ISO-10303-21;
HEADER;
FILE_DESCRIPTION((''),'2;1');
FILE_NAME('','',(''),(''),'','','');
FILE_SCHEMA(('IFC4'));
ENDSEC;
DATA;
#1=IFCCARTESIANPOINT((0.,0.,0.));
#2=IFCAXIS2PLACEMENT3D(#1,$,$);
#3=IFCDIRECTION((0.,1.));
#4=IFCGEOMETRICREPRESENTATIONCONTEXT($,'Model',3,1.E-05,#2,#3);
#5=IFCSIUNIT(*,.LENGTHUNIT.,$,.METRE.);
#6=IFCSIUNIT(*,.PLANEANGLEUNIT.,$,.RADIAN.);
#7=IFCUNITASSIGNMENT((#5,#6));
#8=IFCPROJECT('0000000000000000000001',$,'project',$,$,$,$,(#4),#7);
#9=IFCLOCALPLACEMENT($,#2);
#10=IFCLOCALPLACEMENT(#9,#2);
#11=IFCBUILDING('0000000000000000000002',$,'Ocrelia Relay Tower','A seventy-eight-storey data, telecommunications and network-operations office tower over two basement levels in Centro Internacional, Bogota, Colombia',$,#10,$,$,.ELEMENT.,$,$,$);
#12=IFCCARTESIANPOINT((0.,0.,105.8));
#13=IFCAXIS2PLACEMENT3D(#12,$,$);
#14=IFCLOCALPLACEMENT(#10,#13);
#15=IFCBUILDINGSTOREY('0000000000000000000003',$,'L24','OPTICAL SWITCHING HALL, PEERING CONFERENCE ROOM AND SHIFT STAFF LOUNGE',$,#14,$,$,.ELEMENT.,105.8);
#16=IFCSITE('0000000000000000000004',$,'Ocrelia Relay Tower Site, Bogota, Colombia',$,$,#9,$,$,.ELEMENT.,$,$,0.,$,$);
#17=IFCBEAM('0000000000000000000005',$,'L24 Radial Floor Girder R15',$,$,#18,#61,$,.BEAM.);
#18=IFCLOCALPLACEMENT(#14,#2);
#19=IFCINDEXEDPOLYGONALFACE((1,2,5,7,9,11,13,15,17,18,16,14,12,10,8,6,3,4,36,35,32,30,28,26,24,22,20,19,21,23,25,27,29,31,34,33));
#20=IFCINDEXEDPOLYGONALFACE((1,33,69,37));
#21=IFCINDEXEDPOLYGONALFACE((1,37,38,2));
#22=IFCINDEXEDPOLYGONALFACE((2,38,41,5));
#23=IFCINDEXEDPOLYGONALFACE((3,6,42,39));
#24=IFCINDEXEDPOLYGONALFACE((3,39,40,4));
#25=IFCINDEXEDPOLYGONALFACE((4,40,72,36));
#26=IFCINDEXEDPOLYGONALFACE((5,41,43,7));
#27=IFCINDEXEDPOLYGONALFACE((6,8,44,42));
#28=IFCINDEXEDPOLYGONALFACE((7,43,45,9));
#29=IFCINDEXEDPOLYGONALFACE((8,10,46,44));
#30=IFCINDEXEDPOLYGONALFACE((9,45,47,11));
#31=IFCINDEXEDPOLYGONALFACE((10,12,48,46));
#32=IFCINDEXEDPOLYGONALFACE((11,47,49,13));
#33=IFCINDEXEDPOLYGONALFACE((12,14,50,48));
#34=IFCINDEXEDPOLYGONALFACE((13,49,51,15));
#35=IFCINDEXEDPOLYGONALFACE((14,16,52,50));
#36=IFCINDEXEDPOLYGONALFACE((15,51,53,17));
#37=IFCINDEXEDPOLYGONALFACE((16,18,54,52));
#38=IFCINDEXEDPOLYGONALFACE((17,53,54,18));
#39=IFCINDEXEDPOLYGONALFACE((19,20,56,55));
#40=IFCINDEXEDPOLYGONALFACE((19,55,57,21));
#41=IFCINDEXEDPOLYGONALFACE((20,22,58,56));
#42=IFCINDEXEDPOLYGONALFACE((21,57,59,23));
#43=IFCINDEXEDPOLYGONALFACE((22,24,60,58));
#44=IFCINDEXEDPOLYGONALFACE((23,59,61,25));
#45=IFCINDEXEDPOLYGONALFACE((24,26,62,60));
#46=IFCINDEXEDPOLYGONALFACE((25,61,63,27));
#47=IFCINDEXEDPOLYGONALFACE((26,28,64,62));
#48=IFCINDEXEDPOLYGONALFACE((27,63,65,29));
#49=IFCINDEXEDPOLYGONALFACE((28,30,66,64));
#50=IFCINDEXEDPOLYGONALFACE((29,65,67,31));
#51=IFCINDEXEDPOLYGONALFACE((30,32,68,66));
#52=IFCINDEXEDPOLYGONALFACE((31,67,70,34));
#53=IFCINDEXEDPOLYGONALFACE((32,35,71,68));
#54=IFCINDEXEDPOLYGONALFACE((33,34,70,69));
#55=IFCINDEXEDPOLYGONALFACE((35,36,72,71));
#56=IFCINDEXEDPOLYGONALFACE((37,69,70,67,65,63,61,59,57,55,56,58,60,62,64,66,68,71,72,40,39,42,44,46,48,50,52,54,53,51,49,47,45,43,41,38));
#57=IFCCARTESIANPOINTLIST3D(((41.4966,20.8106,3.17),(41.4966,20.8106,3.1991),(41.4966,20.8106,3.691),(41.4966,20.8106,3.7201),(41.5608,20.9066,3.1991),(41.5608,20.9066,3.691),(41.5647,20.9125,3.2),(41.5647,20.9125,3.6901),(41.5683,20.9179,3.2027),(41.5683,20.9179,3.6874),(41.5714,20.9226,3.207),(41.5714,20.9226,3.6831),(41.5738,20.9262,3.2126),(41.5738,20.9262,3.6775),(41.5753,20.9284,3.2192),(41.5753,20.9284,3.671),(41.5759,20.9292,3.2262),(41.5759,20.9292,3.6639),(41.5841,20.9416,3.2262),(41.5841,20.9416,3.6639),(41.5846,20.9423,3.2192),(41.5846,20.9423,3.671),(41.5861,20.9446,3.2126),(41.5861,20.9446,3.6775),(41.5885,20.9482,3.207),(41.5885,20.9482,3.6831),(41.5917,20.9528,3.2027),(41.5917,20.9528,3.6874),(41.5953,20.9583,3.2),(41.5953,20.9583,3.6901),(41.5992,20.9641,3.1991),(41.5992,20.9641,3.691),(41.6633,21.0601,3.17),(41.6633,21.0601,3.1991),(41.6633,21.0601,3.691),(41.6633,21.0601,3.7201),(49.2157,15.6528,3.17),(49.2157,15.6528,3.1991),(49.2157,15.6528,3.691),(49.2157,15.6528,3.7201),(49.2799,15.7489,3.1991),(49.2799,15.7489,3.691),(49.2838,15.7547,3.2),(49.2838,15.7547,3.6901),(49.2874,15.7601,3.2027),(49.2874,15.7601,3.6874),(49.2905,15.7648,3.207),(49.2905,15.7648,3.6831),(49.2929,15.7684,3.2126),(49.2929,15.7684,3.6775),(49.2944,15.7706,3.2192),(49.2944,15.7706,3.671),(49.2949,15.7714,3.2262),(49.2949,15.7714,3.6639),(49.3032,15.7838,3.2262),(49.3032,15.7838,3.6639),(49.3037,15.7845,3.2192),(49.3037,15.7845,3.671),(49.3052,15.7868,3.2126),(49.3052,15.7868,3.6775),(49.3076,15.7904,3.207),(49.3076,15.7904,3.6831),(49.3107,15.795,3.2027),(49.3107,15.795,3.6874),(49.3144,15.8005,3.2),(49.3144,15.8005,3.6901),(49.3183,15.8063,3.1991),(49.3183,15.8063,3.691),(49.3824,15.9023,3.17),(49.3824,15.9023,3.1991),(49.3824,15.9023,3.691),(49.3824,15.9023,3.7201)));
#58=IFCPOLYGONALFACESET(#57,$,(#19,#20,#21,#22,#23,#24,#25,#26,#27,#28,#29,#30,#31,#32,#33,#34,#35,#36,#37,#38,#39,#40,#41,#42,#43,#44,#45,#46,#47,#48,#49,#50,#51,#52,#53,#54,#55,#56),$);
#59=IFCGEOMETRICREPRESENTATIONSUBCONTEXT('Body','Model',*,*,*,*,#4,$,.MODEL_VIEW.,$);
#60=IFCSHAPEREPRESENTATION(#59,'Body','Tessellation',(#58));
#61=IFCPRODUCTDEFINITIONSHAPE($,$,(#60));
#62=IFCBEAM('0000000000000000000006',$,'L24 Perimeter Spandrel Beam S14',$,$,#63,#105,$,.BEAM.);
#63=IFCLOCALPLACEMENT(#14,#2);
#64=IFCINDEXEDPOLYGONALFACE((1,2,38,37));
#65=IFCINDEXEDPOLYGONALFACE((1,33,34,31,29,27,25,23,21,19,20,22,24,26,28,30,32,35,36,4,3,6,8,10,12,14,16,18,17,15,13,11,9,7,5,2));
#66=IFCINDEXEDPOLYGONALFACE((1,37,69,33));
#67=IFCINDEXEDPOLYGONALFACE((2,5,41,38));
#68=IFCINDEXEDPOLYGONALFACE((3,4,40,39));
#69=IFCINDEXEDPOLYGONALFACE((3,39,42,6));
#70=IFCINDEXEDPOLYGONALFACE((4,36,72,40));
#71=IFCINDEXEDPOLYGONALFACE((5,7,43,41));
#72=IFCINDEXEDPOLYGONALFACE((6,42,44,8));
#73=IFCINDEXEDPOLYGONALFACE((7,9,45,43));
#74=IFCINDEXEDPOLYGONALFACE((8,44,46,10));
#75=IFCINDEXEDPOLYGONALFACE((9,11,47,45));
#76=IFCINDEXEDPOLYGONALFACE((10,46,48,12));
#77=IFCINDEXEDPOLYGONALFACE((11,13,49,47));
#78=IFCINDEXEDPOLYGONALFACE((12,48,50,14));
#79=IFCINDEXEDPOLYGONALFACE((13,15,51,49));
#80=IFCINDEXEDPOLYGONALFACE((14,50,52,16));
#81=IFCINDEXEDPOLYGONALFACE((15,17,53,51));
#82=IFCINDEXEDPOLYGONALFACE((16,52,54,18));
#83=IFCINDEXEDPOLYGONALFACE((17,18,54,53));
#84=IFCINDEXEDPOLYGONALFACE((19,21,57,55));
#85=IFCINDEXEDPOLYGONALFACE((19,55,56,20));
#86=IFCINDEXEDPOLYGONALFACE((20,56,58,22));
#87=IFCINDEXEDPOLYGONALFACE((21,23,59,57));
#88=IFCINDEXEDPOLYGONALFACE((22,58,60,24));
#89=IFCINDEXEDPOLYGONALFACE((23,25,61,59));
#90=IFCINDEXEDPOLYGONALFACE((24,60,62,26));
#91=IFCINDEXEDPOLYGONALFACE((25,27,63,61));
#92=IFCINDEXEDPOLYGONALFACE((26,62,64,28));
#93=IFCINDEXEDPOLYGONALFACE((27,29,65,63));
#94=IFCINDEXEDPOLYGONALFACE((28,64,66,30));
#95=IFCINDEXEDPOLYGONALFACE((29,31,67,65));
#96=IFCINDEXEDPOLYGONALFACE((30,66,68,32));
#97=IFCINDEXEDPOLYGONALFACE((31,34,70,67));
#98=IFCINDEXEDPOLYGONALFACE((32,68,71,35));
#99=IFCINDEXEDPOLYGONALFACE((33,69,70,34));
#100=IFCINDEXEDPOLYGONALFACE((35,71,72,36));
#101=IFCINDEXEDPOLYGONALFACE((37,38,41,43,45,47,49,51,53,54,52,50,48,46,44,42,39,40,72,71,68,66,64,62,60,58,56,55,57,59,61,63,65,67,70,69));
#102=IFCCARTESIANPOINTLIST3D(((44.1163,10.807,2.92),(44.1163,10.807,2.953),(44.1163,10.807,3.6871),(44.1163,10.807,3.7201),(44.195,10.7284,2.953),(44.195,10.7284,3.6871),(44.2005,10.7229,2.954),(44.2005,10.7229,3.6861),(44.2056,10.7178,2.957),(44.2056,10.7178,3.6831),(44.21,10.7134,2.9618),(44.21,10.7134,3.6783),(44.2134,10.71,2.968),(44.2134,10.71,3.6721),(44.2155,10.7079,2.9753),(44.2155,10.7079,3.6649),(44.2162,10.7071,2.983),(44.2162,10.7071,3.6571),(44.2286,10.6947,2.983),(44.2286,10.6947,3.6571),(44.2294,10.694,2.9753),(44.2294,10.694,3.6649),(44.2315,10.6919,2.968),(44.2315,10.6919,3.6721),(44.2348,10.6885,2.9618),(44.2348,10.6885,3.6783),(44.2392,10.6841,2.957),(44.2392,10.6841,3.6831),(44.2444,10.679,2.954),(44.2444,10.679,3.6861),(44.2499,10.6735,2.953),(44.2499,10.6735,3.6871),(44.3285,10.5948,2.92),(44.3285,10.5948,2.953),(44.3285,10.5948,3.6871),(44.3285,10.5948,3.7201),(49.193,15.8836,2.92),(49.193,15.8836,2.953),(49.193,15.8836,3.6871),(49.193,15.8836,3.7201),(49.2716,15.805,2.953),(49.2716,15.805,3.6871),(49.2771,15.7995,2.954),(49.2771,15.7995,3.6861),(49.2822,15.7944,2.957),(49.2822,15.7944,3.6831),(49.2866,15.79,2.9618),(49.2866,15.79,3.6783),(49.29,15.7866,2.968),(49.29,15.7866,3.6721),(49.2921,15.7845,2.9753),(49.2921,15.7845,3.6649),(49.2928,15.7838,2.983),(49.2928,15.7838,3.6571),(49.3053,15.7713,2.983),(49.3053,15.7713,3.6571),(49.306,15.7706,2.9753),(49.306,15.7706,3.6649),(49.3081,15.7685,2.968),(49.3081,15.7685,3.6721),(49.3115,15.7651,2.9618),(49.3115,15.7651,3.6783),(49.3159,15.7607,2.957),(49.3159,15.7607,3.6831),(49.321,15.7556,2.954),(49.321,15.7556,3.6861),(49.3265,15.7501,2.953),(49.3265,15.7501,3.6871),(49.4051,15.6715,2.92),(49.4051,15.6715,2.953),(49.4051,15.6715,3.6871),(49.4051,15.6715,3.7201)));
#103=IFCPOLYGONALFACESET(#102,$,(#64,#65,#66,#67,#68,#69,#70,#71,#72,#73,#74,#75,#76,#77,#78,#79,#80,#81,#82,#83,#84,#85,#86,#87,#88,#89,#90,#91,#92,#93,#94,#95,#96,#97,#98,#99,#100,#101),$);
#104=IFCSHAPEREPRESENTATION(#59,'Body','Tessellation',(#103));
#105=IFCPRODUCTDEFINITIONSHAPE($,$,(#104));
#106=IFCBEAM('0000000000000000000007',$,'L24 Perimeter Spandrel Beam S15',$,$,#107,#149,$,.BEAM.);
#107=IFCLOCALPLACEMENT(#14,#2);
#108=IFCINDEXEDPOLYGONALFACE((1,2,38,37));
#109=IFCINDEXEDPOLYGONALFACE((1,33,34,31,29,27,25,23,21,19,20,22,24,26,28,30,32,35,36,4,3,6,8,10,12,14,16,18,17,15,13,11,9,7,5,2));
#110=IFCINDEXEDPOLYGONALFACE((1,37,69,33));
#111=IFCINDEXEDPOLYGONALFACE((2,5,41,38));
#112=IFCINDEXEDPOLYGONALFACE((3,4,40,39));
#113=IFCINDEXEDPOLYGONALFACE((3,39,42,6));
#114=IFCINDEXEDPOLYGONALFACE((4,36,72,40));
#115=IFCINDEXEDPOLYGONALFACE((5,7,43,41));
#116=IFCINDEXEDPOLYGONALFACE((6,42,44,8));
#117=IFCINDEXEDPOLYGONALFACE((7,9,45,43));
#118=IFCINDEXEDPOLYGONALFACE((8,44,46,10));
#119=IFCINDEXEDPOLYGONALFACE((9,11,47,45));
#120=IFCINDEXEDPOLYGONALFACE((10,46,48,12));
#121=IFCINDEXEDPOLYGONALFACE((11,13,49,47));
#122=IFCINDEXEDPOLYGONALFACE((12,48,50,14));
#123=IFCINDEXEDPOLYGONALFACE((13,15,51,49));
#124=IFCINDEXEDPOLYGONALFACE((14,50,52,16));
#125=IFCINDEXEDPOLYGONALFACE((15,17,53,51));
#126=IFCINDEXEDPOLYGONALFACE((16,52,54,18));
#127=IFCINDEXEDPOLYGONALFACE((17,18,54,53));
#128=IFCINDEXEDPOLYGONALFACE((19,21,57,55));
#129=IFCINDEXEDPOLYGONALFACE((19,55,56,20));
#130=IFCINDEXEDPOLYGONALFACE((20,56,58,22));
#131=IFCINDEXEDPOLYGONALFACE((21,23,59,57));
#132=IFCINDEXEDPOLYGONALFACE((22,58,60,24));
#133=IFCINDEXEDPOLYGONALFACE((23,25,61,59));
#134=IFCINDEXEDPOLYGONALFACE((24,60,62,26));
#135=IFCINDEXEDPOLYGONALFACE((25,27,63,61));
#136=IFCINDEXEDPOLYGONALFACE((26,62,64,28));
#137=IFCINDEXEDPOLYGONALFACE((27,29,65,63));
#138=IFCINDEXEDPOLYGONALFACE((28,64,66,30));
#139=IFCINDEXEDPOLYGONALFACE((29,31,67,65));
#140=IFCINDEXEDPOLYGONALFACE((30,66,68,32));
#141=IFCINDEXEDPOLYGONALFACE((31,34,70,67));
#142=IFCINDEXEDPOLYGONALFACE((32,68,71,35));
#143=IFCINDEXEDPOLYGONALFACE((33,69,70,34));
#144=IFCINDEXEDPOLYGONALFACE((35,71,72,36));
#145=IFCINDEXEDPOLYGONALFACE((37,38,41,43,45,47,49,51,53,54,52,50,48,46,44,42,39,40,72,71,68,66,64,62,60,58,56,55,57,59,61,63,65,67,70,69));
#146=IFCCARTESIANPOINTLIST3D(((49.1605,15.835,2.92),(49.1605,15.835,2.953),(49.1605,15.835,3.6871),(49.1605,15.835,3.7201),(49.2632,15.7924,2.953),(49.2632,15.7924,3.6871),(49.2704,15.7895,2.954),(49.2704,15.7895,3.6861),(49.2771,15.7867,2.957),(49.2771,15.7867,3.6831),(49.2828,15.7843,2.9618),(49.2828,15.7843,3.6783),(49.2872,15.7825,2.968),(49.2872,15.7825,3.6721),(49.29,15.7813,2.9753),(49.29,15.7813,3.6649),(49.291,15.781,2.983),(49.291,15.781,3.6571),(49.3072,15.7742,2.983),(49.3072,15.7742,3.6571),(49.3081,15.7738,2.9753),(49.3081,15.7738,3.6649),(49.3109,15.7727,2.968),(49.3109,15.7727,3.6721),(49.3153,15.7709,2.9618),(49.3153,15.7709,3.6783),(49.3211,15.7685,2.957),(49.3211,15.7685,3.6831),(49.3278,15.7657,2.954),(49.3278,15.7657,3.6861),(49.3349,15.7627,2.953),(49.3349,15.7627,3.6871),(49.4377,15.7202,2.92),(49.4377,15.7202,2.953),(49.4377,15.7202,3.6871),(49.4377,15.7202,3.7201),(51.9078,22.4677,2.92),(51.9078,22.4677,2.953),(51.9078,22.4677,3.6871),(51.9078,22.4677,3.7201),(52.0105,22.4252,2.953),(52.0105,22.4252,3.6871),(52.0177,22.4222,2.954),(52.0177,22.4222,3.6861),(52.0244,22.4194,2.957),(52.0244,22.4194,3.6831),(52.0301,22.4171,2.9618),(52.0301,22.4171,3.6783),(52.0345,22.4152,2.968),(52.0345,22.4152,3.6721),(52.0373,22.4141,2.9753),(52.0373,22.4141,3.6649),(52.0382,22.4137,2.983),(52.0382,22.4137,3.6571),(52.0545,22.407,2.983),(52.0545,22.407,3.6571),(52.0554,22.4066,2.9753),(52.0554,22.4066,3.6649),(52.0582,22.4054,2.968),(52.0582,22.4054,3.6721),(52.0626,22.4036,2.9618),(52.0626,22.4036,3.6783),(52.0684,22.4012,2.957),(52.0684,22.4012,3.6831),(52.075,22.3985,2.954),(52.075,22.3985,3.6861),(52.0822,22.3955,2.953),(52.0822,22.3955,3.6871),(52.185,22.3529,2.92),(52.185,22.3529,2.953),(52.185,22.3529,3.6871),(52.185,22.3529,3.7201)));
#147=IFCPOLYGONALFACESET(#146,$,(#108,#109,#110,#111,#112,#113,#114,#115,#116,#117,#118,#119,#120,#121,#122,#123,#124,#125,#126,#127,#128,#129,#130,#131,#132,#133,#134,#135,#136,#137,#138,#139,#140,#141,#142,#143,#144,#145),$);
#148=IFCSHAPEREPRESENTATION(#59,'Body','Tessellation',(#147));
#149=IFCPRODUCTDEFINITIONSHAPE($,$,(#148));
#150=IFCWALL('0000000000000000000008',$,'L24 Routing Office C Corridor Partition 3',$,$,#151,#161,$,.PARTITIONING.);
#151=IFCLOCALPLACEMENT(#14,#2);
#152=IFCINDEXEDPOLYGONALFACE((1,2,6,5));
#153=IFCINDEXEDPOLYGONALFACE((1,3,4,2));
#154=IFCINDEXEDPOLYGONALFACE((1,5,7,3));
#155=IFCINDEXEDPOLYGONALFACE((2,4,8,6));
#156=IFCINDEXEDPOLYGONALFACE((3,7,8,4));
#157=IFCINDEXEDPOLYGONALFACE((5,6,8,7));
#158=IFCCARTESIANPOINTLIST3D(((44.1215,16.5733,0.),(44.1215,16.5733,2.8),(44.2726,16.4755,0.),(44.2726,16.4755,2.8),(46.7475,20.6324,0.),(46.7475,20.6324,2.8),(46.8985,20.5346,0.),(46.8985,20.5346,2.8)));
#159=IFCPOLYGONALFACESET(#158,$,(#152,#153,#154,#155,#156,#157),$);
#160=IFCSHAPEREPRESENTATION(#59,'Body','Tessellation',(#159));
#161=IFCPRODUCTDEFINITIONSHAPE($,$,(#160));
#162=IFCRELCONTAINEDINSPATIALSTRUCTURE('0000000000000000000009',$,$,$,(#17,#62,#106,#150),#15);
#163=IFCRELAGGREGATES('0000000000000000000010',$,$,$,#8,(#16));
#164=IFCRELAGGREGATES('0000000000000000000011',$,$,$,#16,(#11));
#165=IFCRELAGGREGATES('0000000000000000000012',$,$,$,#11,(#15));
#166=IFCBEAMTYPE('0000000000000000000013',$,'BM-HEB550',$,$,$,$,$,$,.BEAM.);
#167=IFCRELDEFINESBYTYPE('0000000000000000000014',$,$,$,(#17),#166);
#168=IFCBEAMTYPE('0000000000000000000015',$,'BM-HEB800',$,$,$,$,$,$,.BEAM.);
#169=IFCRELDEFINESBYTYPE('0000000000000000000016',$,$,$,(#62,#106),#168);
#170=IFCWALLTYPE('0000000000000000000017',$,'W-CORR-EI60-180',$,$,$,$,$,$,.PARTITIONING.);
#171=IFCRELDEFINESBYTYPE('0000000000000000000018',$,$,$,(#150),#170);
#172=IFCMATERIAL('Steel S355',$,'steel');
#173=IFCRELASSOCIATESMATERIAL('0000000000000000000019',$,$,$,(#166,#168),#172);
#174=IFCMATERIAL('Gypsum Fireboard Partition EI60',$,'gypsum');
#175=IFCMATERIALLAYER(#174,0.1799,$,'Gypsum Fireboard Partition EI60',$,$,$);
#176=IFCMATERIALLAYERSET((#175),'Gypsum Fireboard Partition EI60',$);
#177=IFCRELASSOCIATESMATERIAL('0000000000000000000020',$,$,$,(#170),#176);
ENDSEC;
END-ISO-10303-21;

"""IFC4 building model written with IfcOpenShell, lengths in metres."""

from ifc_helpers import new_model, si_unit, direction, frame, frame_2d, origin, origin_2d, place, context, subcontext, project, spatial, rectangle, i_section, extrude, material, layer, layer_set, material_profile, profile_set, type_object, element, save


model = new_model("IFC4")

# Units and contexts
model_context = context("Model", 3, precision=1e-05, world=origin(), true_north=direction((0.0, 1.0)))
body_context = subcontext(model_context, "Body", "Model", "MODEL_VIEW")
ifc_project = project(units=[si_unit("LENGTHUNIT", "METRE"), si_unit("PLANEANGLEUNIT", "RADIAN")], contexts=[model_context])

# Site, building, storey
site_placement = place(None, origin())
site = spatial("IfcSite", under=ifc_project, at=site_placement, Name="Ocrelia Relay Tower Site, Bogota, Colombia", CompositionType="ELEMENT", RefElevation=0.0)
building_placement = place(site_placement, origin())
building = spatial("IfcBuilding", under=site, at=building_placement, Name="Ocrelia Relay Tower", Description="A seventy-eight-storey data, telecommunications and network-operations office tower over two basement levels in Centro Internacional, Bogota, Colombia", CompositionType="ELEMENT")
storey_placement = place(building_placement, frame((0.0, 0.0, 105.8)))
storey = spatial("IfcBuildingStorey", under=building, at=storey_placement, Name="L24", Description="OPTICAL SWITCHING HALL, PEERING CONFERENCE ROOM AND SHIFT STAFF LOUNGE", CompositionType="ELEMENT", Elevation=105.8)

# Beams
ifc_material_1 = material(Name="Steel S355", Category="steel")
ifc_material_profile_1 = material_profile(ifc_material_1, i_section(OverallWidth=0.3, OverallDepth=0.55, WebThickness=0.0149, FlangeThickness=0.0291, FilletRadius=0.0271, at=origin_2d()), Name="HEB 550")
ifc_profile_set_1 = profile_set([ifc_material_profile_1], Name="Steel S355")
beam_type_1 = type_object("IfcBeamType", Name="BM-HEB550", PredefinedType="BEAM", material=ifc_profile_set_1)
beam_1_placement = place(storey_placement, frame((49.2991, 15.7776, 3.4451), z_axis=(-0.831467, 0.555574, 0.0), x_axis=(-0.555574, -0.831467, 0.0)))
element("IfcBeam", 1, at=beam_1_placement, inside=storey, type_object=beam_type_1, Name="L24 Radial Floor Girder R15", PredefinedType="BEAM", context=body_context, shape_type="SweptSolid", body=[
    extrude(i_section(OverallWidth=0.3, OverallDepth=0.55, WebThickness=0.0149, FlangeThickness=0.0291, FilletRadius=0.0271, at=origin_2d()), origin(), (0.0, 0.0, 1.0), 9.2837),
])
ifc_material_profile_2 = material_profile(ifc_material_1, i_section(OverallWidth=0.3, OverallDepth=0.8, WebThickness=0.0176, FlangeThickness=0.033, FilletRadius=0.03, at=origin_2d()), Name="HEB 800")
ifc_profile_set_2 = profile_set([ifc_material_profile_2], Name="Steel S355")
beam_type_2 = type_object("IfcBeamType", Name="BM-HEB800", PredefinedType="BEAM", material=ifc_profile_set_2)
beam_2_placement = place(storey_placement, frame((44.2224, 10.7009, 3.3201), z_axis=(0.707107, 0.707107, 0.0), x_axis=(-0.707107, 0.707107, 0.0)))
element("IfcBeam", 2, at=beam_2_placement, inside=storey, type_object=beam_type_2, Name="L24 Perimeter Spandrel Beam S14", PredefinedType="BEAM", context=body_context, shape_type="SweptSolid", body=[
    extrude(i_section(OverallWidth=0.3, OverallDepth=0.8, WebThickness=0.0176, FlangeThickness=0.033, FilletRadius=0.03, at=origin_2d()), origin(), (0.0, 0.0, 1.0), 7.1794),
])
beam_3_placement = place(storey_placement, frame((49.2991, 15.7776, 3.3201), z_axis=(0.382673, 0.923884, 0.0), x_axis=(-0.923884, 0.382673, 0.0)))
element("IfcBeam", 3, at=beam_3_placement, inside=storey, type_object=beam_type_2, Name="L24 Perimeter Spandrel Beam S15", PredefinedType="BEAM", context=body_context, shape_type="SweptSolid", body=[
    extrude(i_section(OverallWidth=0.3, OverallDepth=0.8, WebThickness=0.0176, FlangeThickness=0.033, FilletRadius=0.03, at=origin_2d()), origin(), (0.0, 0.0, 1.0), 7.1792),
])

# Wall
ifc_material_2 = material(Name="Gypsum Fireboard Partition EI60", Category="gypsum")
ifc_layer_1 = layer(ifc_material_2, 0.1799, Name="Gypsum Fireboard Partition EI60")
ifc_layer_set_1 = layer_set([ifc_layer_1], Name="Gypsum Fireboard Partition EI60")
wall_type_1 = type_object("IfcWallType", Name="W-CORR-EI60-180", PredefinedType="PARTITIONING", material=ifc_layer_set_1)
wall_1_placement = place(storey_placement, frame((44.197, 16.5244, 0.0), z_axis=(0.0, 0.0, 1.0), x_axis=(0.54318, 0.839616, 0.0)))
element("IfcWall", 4, at=wall_1_placement, inside=storey, type_object=wall_type_1, Name="L24 Routing Office C Corridor Partition 3", PredefinedType="PARTITIONING", context=body_context, shape_type="SweptSolid", body=[
    extrude(rectangle(XDim=4.8345, YDim=0.1799, at=frame_2d((2.4172, 0.0))), origin(), (0.0, 0.0, 1.0), 2.8),
])

save(model, "model.ifc")
